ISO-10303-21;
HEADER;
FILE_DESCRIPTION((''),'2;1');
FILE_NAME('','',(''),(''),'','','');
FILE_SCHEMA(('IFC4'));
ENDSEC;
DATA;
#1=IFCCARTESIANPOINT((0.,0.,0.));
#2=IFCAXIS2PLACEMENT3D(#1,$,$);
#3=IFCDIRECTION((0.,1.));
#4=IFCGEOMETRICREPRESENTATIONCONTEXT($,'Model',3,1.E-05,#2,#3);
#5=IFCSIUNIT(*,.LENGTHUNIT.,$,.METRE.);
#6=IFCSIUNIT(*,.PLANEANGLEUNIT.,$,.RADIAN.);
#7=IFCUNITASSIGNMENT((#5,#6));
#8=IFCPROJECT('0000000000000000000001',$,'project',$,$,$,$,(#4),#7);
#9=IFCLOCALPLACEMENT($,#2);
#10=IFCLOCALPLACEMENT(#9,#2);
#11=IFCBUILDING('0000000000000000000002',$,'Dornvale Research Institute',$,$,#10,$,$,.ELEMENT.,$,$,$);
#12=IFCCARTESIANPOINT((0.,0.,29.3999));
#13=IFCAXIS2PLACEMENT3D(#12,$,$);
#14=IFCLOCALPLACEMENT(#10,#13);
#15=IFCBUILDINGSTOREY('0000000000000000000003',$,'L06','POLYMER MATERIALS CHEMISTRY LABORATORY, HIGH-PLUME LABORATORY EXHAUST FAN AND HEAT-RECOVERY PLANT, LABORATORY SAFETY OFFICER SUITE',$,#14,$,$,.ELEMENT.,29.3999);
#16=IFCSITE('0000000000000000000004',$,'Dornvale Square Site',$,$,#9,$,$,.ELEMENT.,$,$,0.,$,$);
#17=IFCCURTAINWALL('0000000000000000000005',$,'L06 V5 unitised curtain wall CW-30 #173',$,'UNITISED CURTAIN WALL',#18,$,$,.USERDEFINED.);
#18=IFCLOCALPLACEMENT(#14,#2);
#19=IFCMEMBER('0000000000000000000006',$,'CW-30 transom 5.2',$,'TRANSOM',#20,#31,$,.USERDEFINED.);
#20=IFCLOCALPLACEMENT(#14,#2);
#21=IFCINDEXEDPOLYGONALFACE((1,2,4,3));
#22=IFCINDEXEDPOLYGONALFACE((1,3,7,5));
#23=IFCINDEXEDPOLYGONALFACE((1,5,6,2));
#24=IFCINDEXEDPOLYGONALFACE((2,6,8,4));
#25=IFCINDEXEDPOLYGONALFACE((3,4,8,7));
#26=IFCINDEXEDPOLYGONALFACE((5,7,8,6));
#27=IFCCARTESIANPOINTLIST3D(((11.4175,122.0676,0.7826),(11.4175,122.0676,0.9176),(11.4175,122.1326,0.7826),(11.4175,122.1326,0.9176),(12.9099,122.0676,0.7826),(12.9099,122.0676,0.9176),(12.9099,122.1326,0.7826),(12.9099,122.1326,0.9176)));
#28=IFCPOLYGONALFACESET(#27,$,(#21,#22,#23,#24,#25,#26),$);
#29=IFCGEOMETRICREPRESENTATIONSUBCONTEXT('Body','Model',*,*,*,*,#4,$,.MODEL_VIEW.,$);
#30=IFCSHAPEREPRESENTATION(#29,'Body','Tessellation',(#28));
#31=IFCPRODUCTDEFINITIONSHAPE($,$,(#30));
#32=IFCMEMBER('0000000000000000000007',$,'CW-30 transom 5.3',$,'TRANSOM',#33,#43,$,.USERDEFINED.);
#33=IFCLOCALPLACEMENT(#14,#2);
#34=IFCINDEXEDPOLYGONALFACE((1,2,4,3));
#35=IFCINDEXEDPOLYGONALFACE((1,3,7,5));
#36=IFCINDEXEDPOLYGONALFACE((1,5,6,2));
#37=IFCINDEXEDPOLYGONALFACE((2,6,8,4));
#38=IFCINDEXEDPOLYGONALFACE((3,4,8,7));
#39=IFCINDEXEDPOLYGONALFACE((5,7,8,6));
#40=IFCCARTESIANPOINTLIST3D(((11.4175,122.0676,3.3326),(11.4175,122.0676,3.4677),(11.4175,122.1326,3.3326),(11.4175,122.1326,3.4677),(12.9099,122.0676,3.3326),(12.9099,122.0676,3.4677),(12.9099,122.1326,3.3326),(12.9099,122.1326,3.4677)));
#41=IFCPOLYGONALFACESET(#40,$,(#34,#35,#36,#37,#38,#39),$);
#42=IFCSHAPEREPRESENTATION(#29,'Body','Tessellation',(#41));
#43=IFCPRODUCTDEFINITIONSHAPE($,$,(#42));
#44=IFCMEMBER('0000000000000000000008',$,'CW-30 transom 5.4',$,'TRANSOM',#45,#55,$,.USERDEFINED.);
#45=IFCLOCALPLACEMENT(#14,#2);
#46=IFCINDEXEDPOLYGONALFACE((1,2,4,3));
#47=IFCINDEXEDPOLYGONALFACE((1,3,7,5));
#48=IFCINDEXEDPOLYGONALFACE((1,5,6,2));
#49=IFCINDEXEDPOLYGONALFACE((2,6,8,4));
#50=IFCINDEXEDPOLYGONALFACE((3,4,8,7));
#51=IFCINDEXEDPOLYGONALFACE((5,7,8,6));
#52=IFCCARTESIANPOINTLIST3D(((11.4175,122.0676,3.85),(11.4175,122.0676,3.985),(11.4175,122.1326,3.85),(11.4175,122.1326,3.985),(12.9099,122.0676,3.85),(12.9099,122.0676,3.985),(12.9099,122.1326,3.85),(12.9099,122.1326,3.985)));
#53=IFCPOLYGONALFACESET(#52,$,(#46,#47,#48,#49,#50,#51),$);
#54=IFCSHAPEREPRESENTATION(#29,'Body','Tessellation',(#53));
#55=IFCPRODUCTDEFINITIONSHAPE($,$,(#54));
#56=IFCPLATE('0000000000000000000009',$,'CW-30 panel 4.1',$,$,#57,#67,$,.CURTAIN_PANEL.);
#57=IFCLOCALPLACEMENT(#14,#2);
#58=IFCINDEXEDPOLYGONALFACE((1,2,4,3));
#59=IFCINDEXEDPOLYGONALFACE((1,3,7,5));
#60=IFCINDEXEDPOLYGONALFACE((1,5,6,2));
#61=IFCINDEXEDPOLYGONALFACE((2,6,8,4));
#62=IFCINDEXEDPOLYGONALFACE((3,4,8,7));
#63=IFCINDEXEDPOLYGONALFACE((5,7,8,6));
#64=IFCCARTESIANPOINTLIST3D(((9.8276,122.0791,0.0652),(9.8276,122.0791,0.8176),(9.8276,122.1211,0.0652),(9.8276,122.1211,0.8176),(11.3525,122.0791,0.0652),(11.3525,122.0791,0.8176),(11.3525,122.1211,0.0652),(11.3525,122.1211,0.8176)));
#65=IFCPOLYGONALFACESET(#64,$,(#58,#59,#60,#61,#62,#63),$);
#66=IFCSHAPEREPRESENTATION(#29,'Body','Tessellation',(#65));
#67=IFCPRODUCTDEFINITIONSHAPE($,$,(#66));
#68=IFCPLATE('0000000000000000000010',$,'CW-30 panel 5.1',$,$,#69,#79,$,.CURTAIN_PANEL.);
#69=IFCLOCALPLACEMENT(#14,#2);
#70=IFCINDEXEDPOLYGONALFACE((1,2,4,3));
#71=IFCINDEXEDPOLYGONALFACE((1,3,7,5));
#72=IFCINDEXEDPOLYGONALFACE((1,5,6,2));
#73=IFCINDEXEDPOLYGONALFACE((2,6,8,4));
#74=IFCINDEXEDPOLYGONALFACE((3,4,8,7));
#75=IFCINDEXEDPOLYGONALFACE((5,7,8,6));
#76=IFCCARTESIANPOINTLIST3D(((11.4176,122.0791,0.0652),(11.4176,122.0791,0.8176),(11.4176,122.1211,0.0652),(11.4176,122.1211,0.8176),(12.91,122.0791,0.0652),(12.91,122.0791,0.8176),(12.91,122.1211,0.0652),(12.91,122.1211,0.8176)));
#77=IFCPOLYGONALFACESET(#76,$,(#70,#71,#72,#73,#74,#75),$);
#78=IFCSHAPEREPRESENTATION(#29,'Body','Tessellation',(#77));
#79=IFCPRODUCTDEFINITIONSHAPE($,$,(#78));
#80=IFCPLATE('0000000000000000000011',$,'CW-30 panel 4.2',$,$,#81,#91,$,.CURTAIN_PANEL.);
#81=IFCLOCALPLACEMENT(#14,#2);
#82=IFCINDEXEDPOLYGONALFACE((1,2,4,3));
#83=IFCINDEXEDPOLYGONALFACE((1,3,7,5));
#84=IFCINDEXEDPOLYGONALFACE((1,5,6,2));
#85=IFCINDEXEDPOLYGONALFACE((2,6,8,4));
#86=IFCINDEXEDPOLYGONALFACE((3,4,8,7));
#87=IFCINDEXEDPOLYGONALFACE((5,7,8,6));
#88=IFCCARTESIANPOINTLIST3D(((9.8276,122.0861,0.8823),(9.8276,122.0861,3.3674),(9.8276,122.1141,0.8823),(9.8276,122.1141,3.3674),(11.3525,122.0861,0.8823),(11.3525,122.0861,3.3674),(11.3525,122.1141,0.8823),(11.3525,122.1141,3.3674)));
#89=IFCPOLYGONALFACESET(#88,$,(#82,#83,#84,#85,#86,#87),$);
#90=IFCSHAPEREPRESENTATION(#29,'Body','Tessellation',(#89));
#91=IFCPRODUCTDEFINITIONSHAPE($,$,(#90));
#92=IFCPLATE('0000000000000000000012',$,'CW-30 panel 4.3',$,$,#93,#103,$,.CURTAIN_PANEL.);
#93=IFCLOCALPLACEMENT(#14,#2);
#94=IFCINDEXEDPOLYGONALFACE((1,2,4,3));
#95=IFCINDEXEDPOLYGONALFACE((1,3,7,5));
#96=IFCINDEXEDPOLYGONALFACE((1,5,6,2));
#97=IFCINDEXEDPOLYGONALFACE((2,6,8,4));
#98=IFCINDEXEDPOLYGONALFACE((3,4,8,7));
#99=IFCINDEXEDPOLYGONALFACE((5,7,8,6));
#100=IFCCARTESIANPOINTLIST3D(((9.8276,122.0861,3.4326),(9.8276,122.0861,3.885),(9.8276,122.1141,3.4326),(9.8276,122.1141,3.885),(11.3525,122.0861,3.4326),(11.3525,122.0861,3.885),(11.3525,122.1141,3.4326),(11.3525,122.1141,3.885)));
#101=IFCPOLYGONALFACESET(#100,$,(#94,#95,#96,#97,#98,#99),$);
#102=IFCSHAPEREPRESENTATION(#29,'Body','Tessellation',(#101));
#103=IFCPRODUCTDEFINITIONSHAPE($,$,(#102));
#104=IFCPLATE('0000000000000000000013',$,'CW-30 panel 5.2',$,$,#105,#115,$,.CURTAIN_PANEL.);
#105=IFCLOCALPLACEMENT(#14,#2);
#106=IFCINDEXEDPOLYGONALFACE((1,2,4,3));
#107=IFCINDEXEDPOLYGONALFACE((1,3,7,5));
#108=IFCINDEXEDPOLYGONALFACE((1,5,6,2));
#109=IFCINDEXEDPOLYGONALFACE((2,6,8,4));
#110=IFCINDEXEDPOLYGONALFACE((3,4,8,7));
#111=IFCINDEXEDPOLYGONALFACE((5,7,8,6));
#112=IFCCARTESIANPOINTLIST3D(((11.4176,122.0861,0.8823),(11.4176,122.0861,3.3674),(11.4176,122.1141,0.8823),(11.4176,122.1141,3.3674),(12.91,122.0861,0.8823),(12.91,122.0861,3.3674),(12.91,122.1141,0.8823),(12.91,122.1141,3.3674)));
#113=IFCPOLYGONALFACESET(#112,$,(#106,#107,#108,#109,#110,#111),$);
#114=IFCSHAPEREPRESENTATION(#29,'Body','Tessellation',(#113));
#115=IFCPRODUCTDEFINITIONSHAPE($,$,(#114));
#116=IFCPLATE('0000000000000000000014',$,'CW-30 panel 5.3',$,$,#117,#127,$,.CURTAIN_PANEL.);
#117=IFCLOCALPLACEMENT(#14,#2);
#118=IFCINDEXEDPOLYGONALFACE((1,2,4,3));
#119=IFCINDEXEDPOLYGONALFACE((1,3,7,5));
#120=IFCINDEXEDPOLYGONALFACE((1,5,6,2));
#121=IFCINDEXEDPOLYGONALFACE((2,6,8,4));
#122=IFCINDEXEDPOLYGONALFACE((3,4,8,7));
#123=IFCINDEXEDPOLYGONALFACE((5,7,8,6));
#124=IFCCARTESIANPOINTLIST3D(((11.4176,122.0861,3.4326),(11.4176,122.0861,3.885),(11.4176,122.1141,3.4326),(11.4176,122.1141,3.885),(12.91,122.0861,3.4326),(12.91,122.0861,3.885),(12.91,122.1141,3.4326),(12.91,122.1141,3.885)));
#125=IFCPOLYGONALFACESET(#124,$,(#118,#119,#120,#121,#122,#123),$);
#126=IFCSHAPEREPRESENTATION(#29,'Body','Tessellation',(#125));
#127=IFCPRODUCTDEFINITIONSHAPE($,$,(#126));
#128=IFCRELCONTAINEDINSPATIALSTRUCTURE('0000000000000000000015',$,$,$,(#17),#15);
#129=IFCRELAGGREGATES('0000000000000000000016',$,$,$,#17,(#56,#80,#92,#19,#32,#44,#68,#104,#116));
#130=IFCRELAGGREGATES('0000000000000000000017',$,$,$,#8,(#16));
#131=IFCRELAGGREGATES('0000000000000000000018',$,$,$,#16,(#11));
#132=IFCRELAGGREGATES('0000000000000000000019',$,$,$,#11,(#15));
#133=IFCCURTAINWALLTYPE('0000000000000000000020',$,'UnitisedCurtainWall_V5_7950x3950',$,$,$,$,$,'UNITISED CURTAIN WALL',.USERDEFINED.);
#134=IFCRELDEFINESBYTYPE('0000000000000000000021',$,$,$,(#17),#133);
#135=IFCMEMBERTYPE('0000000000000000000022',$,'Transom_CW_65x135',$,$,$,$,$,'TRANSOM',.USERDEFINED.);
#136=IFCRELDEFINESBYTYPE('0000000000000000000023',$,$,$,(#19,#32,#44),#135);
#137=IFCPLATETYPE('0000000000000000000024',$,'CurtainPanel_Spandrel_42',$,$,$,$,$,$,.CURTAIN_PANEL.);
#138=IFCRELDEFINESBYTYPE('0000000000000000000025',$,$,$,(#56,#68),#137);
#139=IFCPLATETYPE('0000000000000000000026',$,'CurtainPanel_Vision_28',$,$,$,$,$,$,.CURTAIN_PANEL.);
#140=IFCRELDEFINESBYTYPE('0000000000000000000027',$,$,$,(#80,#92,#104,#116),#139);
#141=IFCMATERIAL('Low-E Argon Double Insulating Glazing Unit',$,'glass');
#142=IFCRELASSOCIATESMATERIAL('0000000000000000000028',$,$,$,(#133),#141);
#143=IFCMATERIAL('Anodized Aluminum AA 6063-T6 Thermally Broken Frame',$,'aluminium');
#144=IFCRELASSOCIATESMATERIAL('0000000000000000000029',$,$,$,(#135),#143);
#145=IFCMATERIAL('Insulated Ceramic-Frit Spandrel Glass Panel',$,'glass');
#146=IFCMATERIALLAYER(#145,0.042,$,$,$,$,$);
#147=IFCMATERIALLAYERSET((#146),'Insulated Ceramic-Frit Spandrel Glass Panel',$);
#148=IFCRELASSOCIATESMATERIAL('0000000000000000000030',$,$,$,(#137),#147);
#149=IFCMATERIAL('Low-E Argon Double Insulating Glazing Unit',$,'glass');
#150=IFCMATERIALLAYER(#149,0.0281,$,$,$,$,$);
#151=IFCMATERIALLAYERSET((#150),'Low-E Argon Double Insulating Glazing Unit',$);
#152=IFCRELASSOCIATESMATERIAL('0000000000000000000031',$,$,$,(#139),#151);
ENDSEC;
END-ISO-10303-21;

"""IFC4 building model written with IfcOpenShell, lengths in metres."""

from ifc_helpers import new_model, si_unit, direction, frame, origin, origin_2d, place, context, subcontext, project, spatial, rectangle, extrude, material, layer, layer_set, material_profile, profile_set, type_object, element, aggregate, save


model = new_model("IFC4")

# Units and contexts
model_context = context("Model", 3, precision=1e-05, world=origin(), true_north=direction((0.0, 1.0)))
body_context = subcontext(model_context, "Body", "Model", "MODEL_VIEW")
ifc_project = project(units=[si_unit("LENGTHUNIT", "METRE"), si_unit("PLANEANGLEUNIT", "RADIAN")], contexts=[model_context])

# Site, building, storey
site_placement = place(None, origin())
site = spatial("IfcSite", under=ifc_project, at=site_placement, Name="Dornvale Square Site", CompositionType="ELEMENT", RefElevation=0.0)
building_placement = place(site_placement, origin())
building = spatial("IfcBuilding", under=site, at=building_placement, Name="Dornvale Research Institute", CompositionType="ELEMENT")
storey_placement = place(building_placement, frame((0.0, 0.0, 29.3999)))
storey = spatial("IfcBuildingStorey", under=building, at=storey_placement, Name="L06", Description="POLYMER MATERIALS CHEMISTRY LABORATORY, HIGH-PLUME LABORATORY EXHAUST FAN AND HEAT-RECOVERY PLANT, LABORATORY SAFETY OFFICER SUITE", CompositionType="ELEMENT", Elevation=29.3999)

# Curtain wall, members, plates
ifc_material_1 = material(Name="Low-E Argon Double Insulating Glazing Unit", Category="glass")
curtain_wall_type = type_object("IfcCurtainWallType", Name="UnitisedCurtainWall_V5_7950x3950", ElementType="UNITISED CURTAIN WALL", PredefinedType="USERDEFINED", material=ifc_material_1)
curtain_wall_placement = place(storey_placement, origin())
curtain_wall = element("IfcCurtainWall", 1, at=curtain_wall_placement, inside=storey, type_object=curtain_wall_type, Name="L06 V5 unitised curtain wall CW-30 #173", ObjectType="UNITISED CURTAIN WALL", PredefinedType="USERDEFINED")
ifc_material_2 = material(Name="Anodized Aluminum AA 6063-T6 Thermally Broken Frame", Category="aluminium")
ifc_material_profile_1 = material_profile(ifc_material_2, rectangle(XDim=0.0649, YDim=0.135, at=origin_2d()), Name="ALU TRANSOM 65x135")
ifc_profile_set_1 = profile_set([ifc_material_profile_1], Name="Anodized Aluminum AA 6063-T6 Thermally Broken Frame")
member_type_1 = type_object("IfcMemberType", Name="Transom_CW_65x135", ElementType="TRANSOM", PredefinedType="USERDEFINED", material=ifc_profile_set_1)
member_1_placement = place(storey_placement, frame((11.4175, 122.1001, 0.8501), z_axis=(1.0, 0.0, 0.0), x_axis=(0.0, 1.0, 0.0)))
member_1 = element("IfcMember", 2, at=member_1_placement, type_object=member_type_1, Name="CW-30 transom 5.2", ObjectType="TRANSOM", PredefinedType="USERDEFINED", context=body_context, shape_type="SweptSolid", body=[
    extrude(rectangle(XDim=0.0649, YDim=0.135, at=origin_2d()), origin(), (0.0, 0.0, 1.0), 1.4924),
])
member_2_placement = place(storey_placement, frame((11.4175, 122.1001, 3.4001), z_axis=(1.0, 0.0, 0.0), x_axis=(0.0, 1.0, 0.0)))
member_2 = element("IfcMember", 3, at=member_2_placement, type_object=member_type_1, Name="CW-30 transom 5.3", ObjectType="TRANSOM", PredefinedType="USERDEFINED", context=body_context, shape_type="SweptSolid", body=[
    extrude(rectangle(XDim=0.0649, YDim=0.135, at=origin_2d()), origin(), (0.0, 0.0, 1.0), 1.4924),
])
member_3_placement = place(storey_placement, frame((11.4175, 122.1001, 3.9175), z_axis=(1.0, 0.0, 0.0), x_axis=(0.0, 1.0, 0.0)))
member_3 = element("IfcMember", 4, at=member_3_placement, type_object=member_type_1, Name="CW-30 transom 5.4", ObjectType="TRANSOM", PredefinedType="USERDEFINED", context=body_context, shape_type="SweptSolid", body=[
    extrude(rectangle(XDim=0.0649, YDim=0.135, at=origin_2d()), origin(), (0.0, 0.0, 1.0), 1.4924),
])
ifc_material_3 = material(Name="Insulated Ceramic-Frit Spandrel Glass Panel", Category="glass")
ifc_layer_1 = layer(ifc_material_3, 0.042)
ifc_layer_set_1 = layer_set([ifc_layer_1], Name="Insulated Ceramic-Frit Spandrel Glass Panel")
plate_type_1 = type_object("IfcPlateType", Name="CurtainPanel_Spandrel_42", PredefinedType="CURTAIN_PANEL", material=ifc_layer_set_1)
plate_1_placement = place(storey_placement, frame((10.5901, 122.1001, 0.0652), z_axis=(0.0, 0.0, 1.0), x_axis=(1.0, 0.0, 0.0)))
plate_1 = element("IfcPlate", 5, at=plate_1_placement, type_object=plate_type_1, Name="CW-30 panel 4.1", PredefinedType="CURTAIN_PANEL", context=body_context, shape_type="SweptSolid", body=[
    extrude(rectangle(XDim=1.5249, YDim=0.042, at=origin_2d()), origin(), (0.0, 0.0, 1.0), 0.7524),
])
plate_2_placement = place(storey_placement, frame((12.1638, 122.1001, 0.0652), z_axis=(0.0, 0.0, 1.0), x_axis=(1.0, 0.0, 0.0)))
plate_2 = element("IfcPlate", 6, at=plate_2_placement, type_object=plate_type_1, Name="CW-30 panel 5.1", PredefinedType="CURTAIN_PANEL", context=body_context, shape_type="SweptSolid", body=[
    extrude(rectangle(XDim=1.4924, YDim=0.042, at=origin_2d()), origin(), (0.0, 0.0, 1.0), 0.7524),
])
ifc_material_4 = material(Name="Low-E Argon Double Insulating Glazing Unit", Category="glass")
ifc_layer_2 = layer(ifc_material_4, 0.0281)
ifc_layer_set_2 = layer_set([ifc_layer_2], Name="Low-E Argon Double Insulating Glazing Unit")
plate_type_2 = type_object("IfcPlateType", Name="CurtainPanel_Vision_28", PredefinedType="CURTAIN_PANEL", material=ifc_layer_set_2)
plate_3_placement = place(storey_placement, frame((10.5901, 122.1001, 0.8823), z_axis=(0.0, 0.0, 1.0), x_axis=(1.0, 0.0, 0.0)))
plate_3 = element("IfcPlate", 7, at=plate_3_placement, type_object=plate_type_2, Name="CW-30 panel 4.2", PredefinedType="CURTAIN_PANEL", context=body_context, shape_type="SweptSolid", body=[
    extrude(rectangle(XDim=1.5249, YDim=0.0281, at=origin_2d()), origin(), (0.0, 0.0, 1.0), 2.4851),
])
plate_4_placement = place(storey_placement, frame((10.5901, 122.1001, 3.4326), z_axis=(0.0, 0.0, 1.0), x_axis=(1.0, 0.0, 0.0)))
plate_4 = element("IfcPlate", 8, at=plate_4_placement, type_object=plate_type_2, Name="CW-30 panel 4.3", PredefinedType="CURTAIN_PANEL", context=body_context, shape_type="SweptSolid", body=[
    extrude(rectangle(XDim=1.5249, YDim=0.0281, at=origin_2d()), origin(), (0.0, 0.0, 1.0), 0.4524),
])
plate_5_placement = place(storey_placement, frame((12.1638, 122.1001, 0.8823), z_axis=(0.0, 0.0, 1.0), x_axis=(1.0, 0.0, 0.0)))
plate_5 = element("IfcPlate", 9, at=plate_5_placement, type_object=plate_type_2, Name="CW-30 panel 5.2", PredefinedType="CURTAIN_PANEL", context=body_context, shape_type="SweptSolid", body=[
    extrude(rectangle(XDim=1.4924, YDim=0.0281, at=origin_2d()), origin(), (0.0, 0.0, 1.0), 2.4851),
])
plate_6_placement = place(storey_placement, frame((12.1638, 122.1001, 3.4326), z_axis=(0.0, 0.0, 1.0), x_axis=(1.0, 0.0, 0.0)))
plate_6 = element("IfcPlate", 10, at=plate_6_placement, type_object=plate_type_2, Name="CW-30 panel 5.3", PredefinedType="CURTAIN_PANEL", context=body_context, shape_type="SweptSolid", body=[
    extrude(rectangle(XDim=1.4924, YDim=0.0281, at=origin_2d()), origin(), (0.0, 0.0, 1.0), 0.4524),
])
aggregate(curtain_wall, [plate_1, plate_3, plate_4, member_1, member_2, member_3, plate_2, plate_5, plate_6])

save(model, "model.ifc")
